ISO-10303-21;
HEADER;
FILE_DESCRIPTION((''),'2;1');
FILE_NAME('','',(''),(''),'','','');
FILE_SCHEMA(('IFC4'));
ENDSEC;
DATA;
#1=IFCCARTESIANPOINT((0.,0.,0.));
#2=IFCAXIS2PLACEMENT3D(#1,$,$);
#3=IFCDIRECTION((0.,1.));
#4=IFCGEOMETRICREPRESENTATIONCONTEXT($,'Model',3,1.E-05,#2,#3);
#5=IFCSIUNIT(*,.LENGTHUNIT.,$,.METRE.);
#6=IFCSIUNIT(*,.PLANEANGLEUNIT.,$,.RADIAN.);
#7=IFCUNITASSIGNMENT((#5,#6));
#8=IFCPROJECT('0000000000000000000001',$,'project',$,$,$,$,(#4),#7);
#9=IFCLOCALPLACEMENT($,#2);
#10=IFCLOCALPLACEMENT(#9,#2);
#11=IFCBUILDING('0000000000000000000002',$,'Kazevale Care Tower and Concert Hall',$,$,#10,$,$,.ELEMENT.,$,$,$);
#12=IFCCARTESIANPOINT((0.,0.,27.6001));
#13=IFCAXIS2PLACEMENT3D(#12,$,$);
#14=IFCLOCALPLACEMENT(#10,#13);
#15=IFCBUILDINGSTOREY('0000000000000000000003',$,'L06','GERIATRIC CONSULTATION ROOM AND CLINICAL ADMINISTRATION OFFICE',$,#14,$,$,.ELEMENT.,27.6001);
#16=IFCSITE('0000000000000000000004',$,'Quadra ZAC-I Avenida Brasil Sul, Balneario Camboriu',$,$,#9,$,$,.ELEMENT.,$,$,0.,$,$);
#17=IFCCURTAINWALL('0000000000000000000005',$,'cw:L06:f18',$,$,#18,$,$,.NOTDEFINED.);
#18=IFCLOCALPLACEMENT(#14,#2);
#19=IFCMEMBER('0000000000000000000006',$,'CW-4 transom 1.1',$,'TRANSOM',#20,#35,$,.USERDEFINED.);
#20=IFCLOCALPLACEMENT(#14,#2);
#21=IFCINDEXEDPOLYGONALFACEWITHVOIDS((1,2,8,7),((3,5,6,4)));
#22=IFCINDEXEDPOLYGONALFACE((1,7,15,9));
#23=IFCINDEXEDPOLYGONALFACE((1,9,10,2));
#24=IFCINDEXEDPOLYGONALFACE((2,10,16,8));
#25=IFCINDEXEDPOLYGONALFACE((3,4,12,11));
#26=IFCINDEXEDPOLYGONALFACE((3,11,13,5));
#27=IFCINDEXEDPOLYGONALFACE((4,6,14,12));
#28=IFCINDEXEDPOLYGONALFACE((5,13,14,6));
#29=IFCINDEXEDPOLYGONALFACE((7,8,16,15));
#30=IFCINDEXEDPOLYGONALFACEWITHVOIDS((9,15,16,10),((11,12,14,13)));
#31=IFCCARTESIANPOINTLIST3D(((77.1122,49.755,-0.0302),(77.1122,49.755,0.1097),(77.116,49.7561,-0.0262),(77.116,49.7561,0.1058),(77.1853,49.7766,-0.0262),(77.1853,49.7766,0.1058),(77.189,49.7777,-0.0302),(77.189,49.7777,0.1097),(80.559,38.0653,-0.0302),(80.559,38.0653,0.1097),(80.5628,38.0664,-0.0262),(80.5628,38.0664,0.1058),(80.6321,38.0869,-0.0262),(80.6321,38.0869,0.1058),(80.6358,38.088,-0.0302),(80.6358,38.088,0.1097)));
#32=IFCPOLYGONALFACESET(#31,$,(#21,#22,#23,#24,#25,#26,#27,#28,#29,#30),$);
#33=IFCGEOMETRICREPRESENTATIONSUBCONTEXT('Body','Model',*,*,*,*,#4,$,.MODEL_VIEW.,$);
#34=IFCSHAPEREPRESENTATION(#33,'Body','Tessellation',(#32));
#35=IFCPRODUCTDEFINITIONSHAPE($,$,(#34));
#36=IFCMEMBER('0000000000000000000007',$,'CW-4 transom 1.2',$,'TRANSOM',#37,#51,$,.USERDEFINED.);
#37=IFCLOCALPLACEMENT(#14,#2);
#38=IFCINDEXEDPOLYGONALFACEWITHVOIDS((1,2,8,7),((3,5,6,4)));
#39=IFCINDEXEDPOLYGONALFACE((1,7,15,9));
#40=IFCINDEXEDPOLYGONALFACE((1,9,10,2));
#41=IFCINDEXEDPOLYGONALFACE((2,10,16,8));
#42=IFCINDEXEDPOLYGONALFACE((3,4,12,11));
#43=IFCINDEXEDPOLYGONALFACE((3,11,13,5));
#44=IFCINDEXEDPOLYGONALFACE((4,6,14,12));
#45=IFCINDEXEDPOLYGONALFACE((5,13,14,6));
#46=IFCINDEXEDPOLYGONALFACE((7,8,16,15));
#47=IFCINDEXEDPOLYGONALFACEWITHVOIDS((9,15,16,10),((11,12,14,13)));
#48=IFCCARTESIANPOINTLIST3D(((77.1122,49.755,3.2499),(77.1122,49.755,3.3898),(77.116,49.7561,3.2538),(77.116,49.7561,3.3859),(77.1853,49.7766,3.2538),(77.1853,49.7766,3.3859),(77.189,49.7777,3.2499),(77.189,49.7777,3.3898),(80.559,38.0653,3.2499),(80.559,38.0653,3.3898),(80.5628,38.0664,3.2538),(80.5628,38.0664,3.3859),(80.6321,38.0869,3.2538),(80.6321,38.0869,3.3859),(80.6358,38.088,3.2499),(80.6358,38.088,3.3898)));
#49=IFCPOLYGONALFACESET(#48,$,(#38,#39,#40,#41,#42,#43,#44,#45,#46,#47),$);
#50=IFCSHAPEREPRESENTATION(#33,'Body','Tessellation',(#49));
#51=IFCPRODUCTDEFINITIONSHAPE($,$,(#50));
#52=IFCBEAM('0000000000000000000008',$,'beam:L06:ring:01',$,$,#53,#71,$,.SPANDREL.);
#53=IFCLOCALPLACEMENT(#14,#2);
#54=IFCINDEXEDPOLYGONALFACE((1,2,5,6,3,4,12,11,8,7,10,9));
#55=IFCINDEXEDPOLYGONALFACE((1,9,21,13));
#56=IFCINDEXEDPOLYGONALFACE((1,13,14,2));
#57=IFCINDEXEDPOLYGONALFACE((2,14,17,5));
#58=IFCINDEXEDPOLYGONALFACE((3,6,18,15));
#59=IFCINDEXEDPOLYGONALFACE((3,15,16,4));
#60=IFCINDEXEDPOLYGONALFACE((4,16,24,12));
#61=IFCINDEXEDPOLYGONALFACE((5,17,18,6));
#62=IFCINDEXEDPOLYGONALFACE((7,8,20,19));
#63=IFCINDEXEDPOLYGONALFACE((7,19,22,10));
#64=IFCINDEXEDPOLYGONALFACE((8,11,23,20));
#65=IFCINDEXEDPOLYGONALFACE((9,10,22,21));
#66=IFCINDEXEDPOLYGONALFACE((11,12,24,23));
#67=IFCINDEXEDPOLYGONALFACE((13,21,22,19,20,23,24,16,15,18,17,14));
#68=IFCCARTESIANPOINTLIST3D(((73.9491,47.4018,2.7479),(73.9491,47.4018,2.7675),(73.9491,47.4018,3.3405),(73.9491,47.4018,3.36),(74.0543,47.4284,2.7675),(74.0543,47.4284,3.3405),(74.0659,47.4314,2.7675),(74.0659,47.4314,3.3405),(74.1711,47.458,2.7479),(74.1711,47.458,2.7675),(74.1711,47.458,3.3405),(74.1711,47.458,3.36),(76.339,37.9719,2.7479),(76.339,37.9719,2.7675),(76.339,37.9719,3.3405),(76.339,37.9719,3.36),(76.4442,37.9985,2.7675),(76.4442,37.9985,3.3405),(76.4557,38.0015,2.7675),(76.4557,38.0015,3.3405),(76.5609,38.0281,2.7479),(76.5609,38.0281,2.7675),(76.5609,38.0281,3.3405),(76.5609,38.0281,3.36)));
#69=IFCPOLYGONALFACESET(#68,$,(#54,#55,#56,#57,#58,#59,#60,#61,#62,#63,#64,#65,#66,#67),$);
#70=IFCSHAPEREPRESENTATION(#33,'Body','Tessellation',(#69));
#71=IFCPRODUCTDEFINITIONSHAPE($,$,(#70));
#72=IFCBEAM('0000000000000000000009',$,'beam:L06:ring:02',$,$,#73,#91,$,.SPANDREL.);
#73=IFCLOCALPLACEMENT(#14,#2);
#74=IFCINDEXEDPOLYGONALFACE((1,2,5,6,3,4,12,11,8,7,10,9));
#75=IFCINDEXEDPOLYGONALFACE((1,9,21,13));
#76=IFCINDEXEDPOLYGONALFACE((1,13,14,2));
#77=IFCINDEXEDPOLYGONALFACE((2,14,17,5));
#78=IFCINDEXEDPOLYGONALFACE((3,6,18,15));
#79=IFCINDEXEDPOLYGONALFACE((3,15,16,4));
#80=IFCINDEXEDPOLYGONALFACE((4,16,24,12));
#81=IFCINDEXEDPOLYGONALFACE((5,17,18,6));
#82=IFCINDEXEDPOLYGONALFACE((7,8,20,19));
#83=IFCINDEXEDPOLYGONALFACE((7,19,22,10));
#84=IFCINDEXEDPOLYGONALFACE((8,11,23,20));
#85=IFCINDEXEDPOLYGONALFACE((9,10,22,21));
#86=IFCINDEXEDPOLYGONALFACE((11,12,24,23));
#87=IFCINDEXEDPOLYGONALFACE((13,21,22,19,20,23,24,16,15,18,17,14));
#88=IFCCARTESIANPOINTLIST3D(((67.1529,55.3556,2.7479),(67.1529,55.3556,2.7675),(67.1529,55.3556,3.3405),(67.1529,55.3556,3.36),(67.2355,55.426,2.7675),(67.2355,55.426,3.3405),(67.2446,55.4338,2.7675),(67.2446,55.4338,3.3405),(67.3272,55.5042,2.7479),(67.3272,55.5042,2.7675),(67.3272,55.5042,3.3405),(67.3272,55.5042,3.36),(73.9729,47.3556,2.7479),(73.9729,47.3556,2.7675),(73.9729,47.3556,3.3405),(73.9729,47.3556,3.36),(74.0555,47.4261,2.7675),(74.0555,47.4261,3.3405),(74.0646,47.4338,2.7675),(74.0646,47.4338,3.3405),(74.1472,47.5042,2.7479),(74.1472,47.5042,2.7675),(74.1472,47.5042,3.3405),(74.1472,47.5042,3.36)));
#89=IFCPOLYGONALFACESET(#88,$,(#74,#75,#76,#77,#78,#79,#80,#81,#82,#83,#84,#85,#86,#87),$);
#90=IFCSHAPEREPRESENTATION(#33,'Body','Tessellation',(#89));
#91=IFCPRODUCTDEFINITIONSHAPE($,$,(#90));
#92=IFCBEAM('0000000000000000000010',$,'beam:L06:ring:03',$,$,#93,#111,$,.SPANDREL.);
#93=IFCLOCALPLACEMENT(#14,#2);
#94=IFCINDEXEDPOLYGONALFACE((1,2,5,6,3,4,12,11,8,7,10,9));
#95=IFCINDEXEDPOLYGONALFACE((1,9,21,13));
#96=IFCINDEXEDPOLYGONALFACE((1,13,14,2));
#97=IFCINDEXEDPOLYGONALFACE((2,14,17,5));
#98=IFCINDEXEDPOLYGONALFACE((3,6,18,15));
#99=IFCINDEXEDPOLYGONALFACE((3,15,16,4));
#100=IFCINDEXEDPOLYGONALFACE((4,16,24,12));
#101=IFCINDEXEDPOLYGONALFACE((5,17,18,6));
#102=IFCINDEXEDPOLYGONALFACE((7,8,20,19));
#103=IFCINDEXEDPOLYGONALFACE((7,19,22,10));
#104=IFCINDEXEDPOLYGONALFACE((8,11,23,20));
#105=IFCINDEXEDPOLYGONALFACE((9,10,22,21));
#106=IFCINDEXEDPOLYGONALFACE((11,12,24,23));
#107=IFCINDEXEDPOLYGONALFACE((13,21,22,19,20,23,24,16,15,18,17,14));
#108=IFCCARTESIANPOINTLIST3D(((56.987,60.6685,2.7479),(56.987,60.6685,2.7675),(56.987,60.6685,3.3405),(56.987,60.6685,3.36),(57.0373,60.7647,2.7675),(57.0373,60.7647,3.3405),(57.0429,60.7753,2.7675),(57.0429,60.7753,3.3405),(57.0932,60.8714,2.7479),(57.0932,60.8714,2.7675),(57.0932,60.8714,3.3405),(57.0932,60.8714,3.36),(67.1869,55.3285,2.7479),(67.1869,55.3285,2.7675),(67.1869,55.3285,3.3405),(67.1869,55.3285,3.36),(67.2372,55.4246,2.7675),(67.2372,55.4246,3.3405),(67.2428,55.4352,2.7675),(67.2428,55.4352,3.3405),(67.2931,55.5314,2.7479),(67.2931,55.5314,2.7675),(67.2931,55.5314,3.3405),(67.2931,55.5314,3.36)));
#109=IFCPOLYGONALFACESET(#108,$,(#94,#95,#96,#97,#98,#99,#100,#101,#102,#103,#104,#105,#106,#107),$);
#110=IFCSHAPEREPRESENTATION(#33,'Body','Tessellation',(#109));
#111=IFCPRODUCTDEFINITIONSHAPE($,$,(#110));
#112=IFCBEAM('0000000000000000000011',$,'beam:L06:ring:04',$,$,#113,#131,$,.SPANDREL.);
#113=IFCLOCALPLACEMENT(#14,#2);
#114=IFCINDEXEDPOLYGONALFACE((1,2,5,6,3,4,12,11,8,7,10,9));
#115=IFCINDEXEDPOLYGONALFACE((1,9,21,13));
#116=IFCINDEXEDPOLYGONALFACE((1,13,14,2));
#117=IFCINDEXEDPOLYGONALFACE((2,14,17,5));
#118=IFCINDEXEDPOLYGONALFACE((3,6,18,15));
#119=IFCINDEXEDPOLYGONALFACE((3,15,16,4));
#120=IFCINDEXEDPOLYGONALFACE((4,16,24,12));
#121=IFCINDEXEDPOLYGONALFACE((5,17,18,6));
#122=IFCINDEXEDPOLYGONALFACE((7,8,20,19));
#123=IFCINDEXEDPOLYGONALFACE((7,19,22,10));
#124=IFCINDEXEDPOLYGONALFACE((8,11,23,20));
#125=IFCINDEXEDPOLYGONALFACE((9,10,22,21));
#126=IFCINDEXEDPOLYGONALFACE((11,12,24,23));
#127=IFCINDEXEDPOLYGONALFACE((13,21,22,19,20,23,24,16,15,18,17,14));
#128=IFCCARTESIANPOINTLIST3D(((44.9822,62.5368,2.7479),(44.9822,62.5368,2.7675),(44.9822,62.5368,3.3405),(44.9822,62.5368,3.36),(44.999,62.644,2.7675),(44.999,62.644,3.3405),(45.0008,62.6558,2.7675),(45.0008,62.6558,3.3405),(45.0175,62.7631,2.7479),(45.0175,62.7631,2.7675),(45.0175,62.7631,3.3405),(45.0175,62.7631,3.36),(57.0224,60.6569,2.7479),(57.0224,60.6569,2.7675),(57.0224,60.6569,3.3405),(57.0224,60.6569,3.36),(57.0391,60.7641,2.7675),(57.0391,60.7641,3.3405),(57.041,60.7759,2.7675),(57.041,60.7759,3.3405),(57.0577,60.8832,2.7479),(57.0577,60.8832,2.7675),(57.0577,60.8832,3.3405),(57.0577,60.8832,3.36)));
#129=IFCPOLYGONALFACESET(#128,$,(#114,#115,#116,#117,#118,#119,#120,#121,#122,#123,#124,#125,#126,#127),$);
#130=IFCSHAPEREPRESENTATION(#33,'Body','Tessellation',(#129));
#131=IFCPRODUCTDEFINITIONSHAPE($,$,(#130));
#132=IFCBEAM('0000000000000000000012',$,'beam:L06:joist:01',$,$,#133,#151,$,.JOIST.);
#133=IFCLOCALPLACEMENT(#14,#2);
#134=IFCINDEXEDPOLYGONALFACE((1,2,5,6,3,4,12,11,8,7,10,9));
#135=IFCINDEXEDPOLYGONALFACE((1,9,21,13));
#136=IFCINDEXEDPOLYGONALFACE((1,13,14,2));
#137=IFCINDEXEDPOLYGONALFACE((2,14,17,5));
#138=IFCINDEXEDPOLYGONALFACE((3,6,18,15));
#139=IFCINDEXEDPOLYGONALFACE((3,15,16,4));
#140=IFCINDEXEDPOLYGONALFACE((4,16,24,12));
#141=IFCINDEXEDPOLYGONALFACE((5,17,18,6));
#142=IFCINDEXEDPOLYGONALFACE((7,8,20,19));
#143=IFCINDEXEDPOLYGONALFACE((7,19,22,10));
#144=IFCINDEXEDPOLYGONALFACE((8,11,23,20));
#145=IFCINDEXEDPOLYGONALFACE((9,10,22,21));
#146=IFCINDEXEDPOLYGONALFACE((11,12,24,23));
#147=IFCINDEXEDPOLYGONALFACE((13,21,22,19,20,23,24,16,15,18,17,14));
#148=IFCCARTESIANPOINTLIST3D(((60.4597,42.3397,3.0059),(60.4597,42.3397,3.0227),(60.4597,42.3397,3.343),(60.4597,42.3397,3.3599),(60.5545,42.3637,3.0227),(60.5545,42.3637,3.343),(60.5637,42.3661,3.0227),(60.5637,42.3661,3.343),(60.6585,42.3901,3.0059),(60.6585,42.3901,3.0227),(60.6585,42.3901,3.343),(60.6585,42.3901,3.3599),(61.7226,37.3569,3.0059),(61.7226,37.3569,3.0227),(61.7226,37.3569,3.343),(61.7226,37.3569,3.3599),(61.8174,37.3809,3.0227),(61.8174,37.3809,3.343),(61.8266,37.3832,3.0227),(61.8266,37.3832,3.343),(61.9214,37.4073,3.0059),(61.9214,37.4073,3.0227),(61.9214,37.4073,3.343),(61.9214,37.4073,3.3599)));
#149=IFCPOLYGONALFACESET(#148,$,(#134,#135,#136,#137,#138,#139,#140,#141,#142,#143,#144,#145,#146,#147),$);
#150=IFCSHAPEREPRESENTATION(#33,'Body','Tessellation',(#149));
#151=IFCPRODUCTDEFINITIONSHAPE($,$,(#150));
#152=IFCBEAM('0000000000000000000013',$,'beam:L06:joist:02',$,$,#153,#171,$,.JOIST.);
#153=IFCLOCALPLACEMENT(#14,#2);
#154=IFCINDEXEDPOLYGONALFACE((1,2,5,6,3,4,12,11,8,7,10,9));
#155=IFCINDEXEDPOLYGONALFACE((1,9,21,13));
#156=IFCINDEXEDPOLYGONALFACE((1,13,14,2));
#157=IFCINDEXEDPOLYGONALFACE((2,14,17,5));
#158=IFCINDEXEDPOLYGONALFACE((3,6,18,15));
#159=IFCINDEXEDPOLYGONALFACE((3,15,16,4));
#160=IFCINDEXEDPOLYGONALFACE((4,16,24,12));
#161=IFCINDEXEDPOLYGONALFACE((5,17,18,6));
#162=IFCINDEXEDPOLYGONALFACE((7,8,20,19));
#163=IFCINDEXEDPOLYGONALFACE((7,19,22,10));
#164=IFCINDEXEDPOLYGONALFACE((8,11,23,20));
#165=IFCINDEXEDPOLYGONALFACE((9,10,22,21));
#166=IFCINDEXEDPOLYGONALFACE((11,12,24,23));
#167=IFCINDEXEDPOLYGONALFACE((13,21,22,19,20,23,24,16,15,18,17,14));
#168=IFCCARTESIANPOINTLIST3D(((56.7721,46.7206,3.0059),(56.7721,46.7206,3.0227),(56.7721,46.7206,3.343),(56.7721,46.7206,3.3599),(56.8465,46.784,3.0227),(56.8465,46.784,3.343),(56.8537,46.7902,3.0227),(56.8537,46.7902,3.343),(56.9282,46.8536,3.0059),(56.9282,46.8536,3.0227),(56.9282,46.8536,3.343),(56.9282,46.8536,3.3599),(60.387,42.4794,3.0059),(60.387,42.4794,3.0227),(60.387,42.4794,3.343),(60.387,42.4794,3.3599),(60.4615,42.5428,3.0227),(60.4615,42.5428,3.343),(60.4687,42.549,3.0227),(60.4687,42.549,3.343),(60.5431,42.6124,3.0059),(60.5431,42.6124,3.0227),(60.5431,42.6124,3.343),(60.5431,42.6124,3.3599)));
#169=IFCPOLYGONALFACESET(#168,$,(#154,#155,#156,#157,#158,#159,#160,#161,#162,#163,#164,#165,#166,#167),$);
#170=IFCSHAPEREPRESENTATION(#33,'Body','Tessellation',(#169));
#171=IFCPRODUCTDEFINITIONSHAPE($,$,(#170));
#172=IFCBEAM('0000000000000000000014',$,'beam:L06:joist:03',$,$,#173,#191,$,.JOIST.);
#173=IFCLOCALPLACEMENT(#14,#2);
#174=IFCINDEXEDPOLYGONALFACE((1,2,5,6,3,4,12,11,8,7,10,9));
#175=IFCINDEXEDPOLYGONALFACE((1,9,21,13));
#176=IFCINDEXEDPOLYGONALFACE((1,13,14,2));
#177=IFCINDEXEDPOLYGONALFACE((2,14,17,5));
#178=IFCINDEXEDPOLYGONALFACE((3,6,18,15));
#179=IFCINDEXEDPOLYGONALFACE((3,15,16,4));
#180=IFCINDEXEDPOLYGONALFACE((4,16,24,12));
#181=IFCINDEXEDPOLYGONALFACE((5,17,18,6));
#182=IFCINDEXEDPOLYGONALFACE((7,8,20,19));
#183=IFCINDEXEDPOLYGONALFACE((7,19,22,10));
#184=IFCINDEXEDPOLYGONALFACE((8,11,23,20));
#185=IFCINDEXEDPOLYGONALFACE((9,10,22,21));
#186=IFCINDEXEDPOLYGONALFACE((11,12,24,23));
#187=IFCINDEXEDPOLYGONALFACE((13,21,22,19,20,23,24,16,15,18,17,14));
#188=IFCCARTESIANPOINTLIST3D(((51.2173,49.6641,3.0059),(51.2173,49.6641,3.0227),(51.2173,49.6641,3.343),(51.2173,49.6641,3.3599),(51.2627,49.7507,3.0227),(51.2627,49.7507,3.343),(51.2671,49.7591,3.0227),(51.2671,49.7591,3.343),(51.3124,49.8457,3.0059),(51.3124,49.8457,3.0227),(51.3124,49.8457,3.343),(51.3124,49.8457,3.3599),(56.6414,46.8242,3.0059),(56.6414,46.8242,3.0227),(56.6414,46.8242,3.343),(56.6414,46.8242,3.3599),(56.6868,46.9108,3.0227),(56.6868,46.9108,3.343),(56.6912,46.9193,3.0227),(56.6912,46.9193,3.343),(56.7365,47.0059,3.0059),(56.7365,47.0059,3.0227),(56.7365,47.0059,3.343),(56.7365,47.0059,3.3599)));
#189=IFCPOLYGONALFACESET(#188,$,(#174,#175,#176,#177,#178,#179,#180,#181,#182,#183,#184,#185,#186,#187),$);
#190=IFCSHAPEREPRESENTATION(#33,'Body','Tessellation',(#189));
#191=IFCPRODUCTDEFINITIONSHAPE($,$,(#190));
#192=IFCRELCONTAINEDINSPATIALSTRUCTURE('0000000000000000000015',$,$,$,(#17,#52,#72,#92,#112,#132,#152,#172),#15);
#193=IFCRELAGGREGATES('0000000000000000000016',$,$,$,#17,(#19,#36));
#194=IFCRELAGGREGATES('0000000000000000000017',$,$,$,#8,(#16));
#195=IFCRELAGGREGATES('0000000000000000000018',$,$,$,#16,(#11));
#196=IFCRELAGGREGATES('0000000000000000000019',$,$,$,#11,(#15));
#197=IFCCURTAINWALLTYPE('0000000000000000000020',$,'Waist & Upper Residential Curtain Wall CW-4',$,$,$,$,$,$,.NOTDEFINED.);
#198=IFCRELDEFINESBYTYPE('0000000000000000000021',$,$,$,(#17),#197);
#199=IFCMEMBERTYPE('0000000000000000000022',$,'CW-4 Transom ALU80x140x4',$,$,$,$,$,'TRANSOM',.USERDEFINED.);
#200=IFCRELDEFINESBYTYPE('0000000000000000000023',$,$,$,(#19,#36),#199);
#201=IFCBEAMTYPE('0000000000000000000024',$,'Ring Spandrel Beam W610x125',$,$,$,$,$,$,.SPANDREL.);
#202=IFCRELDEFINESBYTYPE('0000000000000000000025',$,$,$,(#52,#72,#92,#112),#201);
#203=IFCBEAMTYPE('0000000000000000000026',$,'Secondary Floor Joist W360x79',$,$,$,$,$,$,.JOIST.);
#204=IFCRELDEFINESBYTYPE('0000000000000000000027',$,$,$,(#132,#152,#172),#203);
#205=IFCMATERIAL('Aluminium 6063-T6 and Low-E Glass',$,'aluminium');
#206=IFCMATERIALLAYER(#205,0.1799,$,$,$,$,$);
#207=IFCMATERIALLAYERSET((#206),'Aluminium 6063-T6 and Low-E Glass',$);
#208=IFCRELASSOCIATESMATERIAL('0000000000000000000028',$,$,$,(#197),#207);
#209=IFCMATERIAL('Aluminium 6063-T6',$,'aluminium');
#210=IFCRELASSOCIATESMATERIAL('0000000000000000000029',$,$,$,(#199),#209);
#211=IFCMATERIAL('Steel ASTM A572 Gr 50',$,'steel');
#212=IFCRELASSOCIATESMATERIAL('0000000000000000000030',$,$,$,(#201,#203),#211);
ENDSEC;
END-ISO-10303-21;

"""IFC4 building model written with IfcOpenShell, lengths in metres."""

from ifc_helpers import new_model, si_unit, direction, frame, origin, origin_2d, place, context, subcontext, project, spatial, hollow_rectangle, i_section, extrude, material, layer, layer_set, material_profile, profile_set, type_object, element, aggregate, save


model = new_model("IFC4")

# Units and contexts
model_context = context("Model", 3, precision=1e-05, world=origin(), true_north=direction((0.0, 1.0)))
body_context = subcontext(model_context, "Body", "Model", "MODEL_VIEW")
ifc_project = project(units=[si_unit("LENGTHUNIT", "METRE"), si_unit("PLANEANGLEUNIT", "RADIAN")], contexts=[model_context])

# Site, building, storey
site_placement = place(None, origin())
site = spatial("IfcSite", under=ifc_project, at=site_placement, Name="Quadra ZAC-I Avenida Brasil Sul, Balneario Camboriu", CompositionType="ELEMENT", RefElevation=0.0)
building_placement = place(site_placement, origin())
building = spatial("IfcBuilding", under=site, at=building_placement, Name="Kazevale Care Tower and Concert Hall", CompositionType="ELEMENT")
storey_placement = place(building_placement, frame((0.0, 0.0, 27.6001)))
storey = spatial("IfcBuildingStorey", under=building, at=storey_placement, Name="L06", Description="GERIATRIC CONSULTATION ROOM AND CLINICAL ADMINISTRATION OFFICE", CompositionType="ELEMENT", Elevation=27.6001)

# Shared definitions
ifc_material_1 = material(Name="Aluminium 6063-T6 and Low-E Glass", Category="aluminium")
ifc_material_2 = material(Name="Aluminium 6063-T6", Category="aluminium")

# Shared definitions
ifc_layer_1 = layer(ifc_material_1, 0.1799)
ifc_layer_set_1 = layer_set([ifc_layer_1], Name="Aluminium 6063-T6 and Low-E Glass")
curtain_wall_type_1 = type_object("IfcCurtainWallType", Name="Waist & Upper Residential Curtain Wall CW-4", PredefinedType="NOTDEFINED", material=ifc_layer_set_1)

# Curtain wall
curtain_wall_1_placement = place(storey_placement, origin())
curtain_wall_1 = element("IfcCurtainWall", 1, at=curtain_wall_1_placement, inside=storey, type_object=curtain_wall_type_1, Name="cw:L06:f18", PredefinedType="NOTDEFINED")

# Members
ifc_material_profile_1 = material_profile(ifc_material_2, hollow_rectangle(XDim=0.0801, YDim=0.1399, WallThickness=0.0039, at=origin_2d()), Name="ALU80x140x4")
ifc_profile_set_1 = profile_set([ifc_material_profile_1], Name="Aluminium 6063-T6")
member_type_1 = type_object("IfcMemberType", Name="CW-4 Transom ALU80x140x4", ElementType="TRANSOM", PredefinedType="USERDEFINED", material=ifc_profile_set_1)
member_1_placement = place(storey_placement, frame((77.1506, 49.7664, 0.0398), z_axis=(0.282818, -0.959174, 0.0), x_axis=(0.959174, 0.282818, 0.0)))
member_1 = element("IfcMember", 2, at=member_1_placement, type_object=member_type_1, Name="CW-4 transom 1.1", ObjectType="TRANSOM", PredefinedType="USERDEFINED", context=body_context, shape_type="SweptSolid", body=[
    extrude(hollow_rectangle(XDim=0.0801, YDim=0.1399, WallThickness=0.0039, at=origin_2d()), origin(), (0.0, 0.0, 1.0), 12.1873),
])
member_2_placement = place(storey_placement, frame((77.1506, 49.7664, 3.3198), z_axis=(0.282818, -0.959174, 0.0), x_axis=(0.959174, 0.282818, 0.0)))
member_2 = element("IfcMember", 3, at=member_2_placement, type_object=member_type_1, Name="CW-4 transom 1.2", ObjectType="TRANSOM", PredefinedType="USERDEFINED", context=body_context, shape_type="SweptSolid", body=[
    extrude(hollow_rectangle(XDim=0.0801, YDim=0.1399, WallThickness=0.0039, at=origin_2d()), origin(), (0.0, 0.0, 1.0), 12.1873),
])

# Beams
ifc_material_3 = material(Name="Steel ASTM A572 Gr 50", Category="steel")
ifc_material_profile_2 = material_profile(ifc_material_3, i_section(OverallWidth=0.229, OverallDepth=0.6121, WebThickness=0.012, FlangeThickness=0.0195, at=origin_2d()), Name="W610x125")
ifc_profile_set_2 = profile_set([ifc_material_profile_2], Name="Steel ASTM A572 Gr 50")
beam_type_1 = type_object("IfcBeamType", Name="Ring Spandrel Beam W610x125", PredefinedType="SPANDREL", material=ifc_profile_set_2)
beam_1_placement = place(storey_placement, frame((76.45, 38.0, 3.054), z_axis=(-0.24567, 0.969354, 0.0), x_axis=(-0.969354, -0.24567, 0.0)))
element("IfcBeam", 4, at=beam_1_placement, inside=storey, type_object=beam_type_1, Name="beam:L06:ring:01", PredefinedType="SPANDREL", context=body_context, shape_type="SweptSolid", body=[
    extrude(i_section(OverallWidth=0.229, OverallDepth=0.6121, WebThickness=0.012, FlangeThickness=0.0195, at=origin_2d()), origin(), (0.0, 0.0, 1.0), 9.728),
])
beam_2_placement = place(storey_placement, frame((74.0601, 47.4299, 3.054), z_axis=(-0.648756, 0.760996, 0.0), x_axis=(-0.760996, -0.648756, 0.0)))
element("IfcBeam", 5, at=beam_2_placement, inside=storey, type_object=beam_type_1, Name="beam:L06:ring:02", PredefinedType="SPANDREL", context=body_context, shape_type="SweptSolid", body=[
    extrude(i_section(OverallWidth=0.229, OverallDepth=0.6121, WebThickness=0.012, FlangeThickness=0.0195, at=origin_2d()), origin(), (0.0, 0.0, 1.0), 10.5125),
])
beam_3_placement = place(storey_placement, frame((67.24, 55.4299, 3.054), z_axis=(-0.885929, 0.46382, 0.0), x_axis=(-0.46382, -0.885929, 0.0)))
element("IfcBeam", 6, at=beam_3_placement, inside=storey, type_object=beam_type_1, Name="beam:L06:ring:03", PredefinedType="SPANDREL", context=body_context, shape_type="SweptSolid", body=[
    extrude(i_section(OverallWidth=0.229, OverallDepth=0.6121, WebThickness=0.012, FlangeThickness=0.0195, at=origin_2d()), origin(), (0.0, 0.0, 1.0), 11.5132),
])
beam_4_placement = place(storey_placement, frame((57.04, 60.77, 3.054), z_axis=(-0.988029, 0.154267, 0.0), x_axis=(-0.154267, -0.988029, 0.0)))
element("IfcBeam", 7, at=beam_4_placement, inside=storey, type_object=beam_type_1, Name="beam:L06:ring:04", PredefinedType="SPANDREL", context=body_context, shape_type="SweptSolid", body=[
    extrude(i_section(OverallWidth=0.229, OverallDepth=0.6121, WebThickness=0.012, FlangeThickness=0.0195, at=origin_2d()), origin(), (0.0, 0.0, 1.0), 12.186),
])
ifc_material_profile_3 = material_profile(ifc_material_3, i_section(OverallWidth=0.2051, OverallDepth=0.354, WebThickness=0.0095, FlangeThickness=0.0168, at=origin_2d()), Name="W360x79")
ifc_profile_set_3 = profile_set([ifc_material_profile_3], Name="Steel ASTM A572 Gr 50")
beam_type_2 = type_object("IfcBeamType", Name="Secondary Floor Joist W360x79", PredefinedType="JOIST", material=ifc_profile_set_3)
beam_5_placement = place(storey_placement, frame((61.822, 37.3821, 3.1829), z_axis=(-0.245686, 0.96935, 0.0), x_axis=(-0.96935, -0.245686, 0.0)))
element("IfcBeam", 8, at=beam_5_placement, inside=storey, type_object=beam_type_2, Name="beam:L06:joist:01", PredefinedType="JOIST", context=body_context, shape_type="SweptSolid", body=[
    extrude(i_section(OverallWidth=0.2051, OverallDepth=0.354, WebThickness=0.0095, FlangeThickness=0.0168, at=origin_2d()), origin(), (0.0, 0.0, 1.0), 5.1404),
])
beam_6_placement = place(storey_placement, frame((60.4651, 42.5459, 3.1829), z_axis=(-0.648686, 0.761057, 0.0), x_axis=(-0.761057, -0.648686, 0.0)))
element("IfcBeam", 9, at=beam_6_placement, inside=storey, type_object=beam_type_2, Name="beam:L06:joist:02", PredefinedType="JOIST", context=body_context, shape_type="SweptSolid", body=[
    extrude(i_section(OverallWidth=0.2051, OverallDepth=0.354, WebThickness=0.0095, FlangeThickness=0.0168, at=origin_2d()), origin(), (0.0, 0.0, 1.0), 5.5728),
])
beam_7_placement = place(storey_placement, frame((56.689, 46.915, 3.1829), z_axis=(-0.885921, 0.463836, 0.0), x_axis=(-0.463836, -0.885921, 0.0)))
element("IfcBeam", 10, at=beam_7_placement, inside=storey, type_object=beam_type_2, Name="beam:L06:joist:03", PredefinedType="JOIST", context=body_context, shape_type="SweptSolid", body=[
    extrude(i_section(OverallWidth=0.2051, OverallDepth=0.354, WebThickness=0.0095, FlangeThickness=0.0168, at=origin_2d()), origin(), (0.0, 0.0, 1.0), 6.1226),
])

aggregate(curtain_wall_1, [member_1, member_2])

save(model, "model.ifc")
